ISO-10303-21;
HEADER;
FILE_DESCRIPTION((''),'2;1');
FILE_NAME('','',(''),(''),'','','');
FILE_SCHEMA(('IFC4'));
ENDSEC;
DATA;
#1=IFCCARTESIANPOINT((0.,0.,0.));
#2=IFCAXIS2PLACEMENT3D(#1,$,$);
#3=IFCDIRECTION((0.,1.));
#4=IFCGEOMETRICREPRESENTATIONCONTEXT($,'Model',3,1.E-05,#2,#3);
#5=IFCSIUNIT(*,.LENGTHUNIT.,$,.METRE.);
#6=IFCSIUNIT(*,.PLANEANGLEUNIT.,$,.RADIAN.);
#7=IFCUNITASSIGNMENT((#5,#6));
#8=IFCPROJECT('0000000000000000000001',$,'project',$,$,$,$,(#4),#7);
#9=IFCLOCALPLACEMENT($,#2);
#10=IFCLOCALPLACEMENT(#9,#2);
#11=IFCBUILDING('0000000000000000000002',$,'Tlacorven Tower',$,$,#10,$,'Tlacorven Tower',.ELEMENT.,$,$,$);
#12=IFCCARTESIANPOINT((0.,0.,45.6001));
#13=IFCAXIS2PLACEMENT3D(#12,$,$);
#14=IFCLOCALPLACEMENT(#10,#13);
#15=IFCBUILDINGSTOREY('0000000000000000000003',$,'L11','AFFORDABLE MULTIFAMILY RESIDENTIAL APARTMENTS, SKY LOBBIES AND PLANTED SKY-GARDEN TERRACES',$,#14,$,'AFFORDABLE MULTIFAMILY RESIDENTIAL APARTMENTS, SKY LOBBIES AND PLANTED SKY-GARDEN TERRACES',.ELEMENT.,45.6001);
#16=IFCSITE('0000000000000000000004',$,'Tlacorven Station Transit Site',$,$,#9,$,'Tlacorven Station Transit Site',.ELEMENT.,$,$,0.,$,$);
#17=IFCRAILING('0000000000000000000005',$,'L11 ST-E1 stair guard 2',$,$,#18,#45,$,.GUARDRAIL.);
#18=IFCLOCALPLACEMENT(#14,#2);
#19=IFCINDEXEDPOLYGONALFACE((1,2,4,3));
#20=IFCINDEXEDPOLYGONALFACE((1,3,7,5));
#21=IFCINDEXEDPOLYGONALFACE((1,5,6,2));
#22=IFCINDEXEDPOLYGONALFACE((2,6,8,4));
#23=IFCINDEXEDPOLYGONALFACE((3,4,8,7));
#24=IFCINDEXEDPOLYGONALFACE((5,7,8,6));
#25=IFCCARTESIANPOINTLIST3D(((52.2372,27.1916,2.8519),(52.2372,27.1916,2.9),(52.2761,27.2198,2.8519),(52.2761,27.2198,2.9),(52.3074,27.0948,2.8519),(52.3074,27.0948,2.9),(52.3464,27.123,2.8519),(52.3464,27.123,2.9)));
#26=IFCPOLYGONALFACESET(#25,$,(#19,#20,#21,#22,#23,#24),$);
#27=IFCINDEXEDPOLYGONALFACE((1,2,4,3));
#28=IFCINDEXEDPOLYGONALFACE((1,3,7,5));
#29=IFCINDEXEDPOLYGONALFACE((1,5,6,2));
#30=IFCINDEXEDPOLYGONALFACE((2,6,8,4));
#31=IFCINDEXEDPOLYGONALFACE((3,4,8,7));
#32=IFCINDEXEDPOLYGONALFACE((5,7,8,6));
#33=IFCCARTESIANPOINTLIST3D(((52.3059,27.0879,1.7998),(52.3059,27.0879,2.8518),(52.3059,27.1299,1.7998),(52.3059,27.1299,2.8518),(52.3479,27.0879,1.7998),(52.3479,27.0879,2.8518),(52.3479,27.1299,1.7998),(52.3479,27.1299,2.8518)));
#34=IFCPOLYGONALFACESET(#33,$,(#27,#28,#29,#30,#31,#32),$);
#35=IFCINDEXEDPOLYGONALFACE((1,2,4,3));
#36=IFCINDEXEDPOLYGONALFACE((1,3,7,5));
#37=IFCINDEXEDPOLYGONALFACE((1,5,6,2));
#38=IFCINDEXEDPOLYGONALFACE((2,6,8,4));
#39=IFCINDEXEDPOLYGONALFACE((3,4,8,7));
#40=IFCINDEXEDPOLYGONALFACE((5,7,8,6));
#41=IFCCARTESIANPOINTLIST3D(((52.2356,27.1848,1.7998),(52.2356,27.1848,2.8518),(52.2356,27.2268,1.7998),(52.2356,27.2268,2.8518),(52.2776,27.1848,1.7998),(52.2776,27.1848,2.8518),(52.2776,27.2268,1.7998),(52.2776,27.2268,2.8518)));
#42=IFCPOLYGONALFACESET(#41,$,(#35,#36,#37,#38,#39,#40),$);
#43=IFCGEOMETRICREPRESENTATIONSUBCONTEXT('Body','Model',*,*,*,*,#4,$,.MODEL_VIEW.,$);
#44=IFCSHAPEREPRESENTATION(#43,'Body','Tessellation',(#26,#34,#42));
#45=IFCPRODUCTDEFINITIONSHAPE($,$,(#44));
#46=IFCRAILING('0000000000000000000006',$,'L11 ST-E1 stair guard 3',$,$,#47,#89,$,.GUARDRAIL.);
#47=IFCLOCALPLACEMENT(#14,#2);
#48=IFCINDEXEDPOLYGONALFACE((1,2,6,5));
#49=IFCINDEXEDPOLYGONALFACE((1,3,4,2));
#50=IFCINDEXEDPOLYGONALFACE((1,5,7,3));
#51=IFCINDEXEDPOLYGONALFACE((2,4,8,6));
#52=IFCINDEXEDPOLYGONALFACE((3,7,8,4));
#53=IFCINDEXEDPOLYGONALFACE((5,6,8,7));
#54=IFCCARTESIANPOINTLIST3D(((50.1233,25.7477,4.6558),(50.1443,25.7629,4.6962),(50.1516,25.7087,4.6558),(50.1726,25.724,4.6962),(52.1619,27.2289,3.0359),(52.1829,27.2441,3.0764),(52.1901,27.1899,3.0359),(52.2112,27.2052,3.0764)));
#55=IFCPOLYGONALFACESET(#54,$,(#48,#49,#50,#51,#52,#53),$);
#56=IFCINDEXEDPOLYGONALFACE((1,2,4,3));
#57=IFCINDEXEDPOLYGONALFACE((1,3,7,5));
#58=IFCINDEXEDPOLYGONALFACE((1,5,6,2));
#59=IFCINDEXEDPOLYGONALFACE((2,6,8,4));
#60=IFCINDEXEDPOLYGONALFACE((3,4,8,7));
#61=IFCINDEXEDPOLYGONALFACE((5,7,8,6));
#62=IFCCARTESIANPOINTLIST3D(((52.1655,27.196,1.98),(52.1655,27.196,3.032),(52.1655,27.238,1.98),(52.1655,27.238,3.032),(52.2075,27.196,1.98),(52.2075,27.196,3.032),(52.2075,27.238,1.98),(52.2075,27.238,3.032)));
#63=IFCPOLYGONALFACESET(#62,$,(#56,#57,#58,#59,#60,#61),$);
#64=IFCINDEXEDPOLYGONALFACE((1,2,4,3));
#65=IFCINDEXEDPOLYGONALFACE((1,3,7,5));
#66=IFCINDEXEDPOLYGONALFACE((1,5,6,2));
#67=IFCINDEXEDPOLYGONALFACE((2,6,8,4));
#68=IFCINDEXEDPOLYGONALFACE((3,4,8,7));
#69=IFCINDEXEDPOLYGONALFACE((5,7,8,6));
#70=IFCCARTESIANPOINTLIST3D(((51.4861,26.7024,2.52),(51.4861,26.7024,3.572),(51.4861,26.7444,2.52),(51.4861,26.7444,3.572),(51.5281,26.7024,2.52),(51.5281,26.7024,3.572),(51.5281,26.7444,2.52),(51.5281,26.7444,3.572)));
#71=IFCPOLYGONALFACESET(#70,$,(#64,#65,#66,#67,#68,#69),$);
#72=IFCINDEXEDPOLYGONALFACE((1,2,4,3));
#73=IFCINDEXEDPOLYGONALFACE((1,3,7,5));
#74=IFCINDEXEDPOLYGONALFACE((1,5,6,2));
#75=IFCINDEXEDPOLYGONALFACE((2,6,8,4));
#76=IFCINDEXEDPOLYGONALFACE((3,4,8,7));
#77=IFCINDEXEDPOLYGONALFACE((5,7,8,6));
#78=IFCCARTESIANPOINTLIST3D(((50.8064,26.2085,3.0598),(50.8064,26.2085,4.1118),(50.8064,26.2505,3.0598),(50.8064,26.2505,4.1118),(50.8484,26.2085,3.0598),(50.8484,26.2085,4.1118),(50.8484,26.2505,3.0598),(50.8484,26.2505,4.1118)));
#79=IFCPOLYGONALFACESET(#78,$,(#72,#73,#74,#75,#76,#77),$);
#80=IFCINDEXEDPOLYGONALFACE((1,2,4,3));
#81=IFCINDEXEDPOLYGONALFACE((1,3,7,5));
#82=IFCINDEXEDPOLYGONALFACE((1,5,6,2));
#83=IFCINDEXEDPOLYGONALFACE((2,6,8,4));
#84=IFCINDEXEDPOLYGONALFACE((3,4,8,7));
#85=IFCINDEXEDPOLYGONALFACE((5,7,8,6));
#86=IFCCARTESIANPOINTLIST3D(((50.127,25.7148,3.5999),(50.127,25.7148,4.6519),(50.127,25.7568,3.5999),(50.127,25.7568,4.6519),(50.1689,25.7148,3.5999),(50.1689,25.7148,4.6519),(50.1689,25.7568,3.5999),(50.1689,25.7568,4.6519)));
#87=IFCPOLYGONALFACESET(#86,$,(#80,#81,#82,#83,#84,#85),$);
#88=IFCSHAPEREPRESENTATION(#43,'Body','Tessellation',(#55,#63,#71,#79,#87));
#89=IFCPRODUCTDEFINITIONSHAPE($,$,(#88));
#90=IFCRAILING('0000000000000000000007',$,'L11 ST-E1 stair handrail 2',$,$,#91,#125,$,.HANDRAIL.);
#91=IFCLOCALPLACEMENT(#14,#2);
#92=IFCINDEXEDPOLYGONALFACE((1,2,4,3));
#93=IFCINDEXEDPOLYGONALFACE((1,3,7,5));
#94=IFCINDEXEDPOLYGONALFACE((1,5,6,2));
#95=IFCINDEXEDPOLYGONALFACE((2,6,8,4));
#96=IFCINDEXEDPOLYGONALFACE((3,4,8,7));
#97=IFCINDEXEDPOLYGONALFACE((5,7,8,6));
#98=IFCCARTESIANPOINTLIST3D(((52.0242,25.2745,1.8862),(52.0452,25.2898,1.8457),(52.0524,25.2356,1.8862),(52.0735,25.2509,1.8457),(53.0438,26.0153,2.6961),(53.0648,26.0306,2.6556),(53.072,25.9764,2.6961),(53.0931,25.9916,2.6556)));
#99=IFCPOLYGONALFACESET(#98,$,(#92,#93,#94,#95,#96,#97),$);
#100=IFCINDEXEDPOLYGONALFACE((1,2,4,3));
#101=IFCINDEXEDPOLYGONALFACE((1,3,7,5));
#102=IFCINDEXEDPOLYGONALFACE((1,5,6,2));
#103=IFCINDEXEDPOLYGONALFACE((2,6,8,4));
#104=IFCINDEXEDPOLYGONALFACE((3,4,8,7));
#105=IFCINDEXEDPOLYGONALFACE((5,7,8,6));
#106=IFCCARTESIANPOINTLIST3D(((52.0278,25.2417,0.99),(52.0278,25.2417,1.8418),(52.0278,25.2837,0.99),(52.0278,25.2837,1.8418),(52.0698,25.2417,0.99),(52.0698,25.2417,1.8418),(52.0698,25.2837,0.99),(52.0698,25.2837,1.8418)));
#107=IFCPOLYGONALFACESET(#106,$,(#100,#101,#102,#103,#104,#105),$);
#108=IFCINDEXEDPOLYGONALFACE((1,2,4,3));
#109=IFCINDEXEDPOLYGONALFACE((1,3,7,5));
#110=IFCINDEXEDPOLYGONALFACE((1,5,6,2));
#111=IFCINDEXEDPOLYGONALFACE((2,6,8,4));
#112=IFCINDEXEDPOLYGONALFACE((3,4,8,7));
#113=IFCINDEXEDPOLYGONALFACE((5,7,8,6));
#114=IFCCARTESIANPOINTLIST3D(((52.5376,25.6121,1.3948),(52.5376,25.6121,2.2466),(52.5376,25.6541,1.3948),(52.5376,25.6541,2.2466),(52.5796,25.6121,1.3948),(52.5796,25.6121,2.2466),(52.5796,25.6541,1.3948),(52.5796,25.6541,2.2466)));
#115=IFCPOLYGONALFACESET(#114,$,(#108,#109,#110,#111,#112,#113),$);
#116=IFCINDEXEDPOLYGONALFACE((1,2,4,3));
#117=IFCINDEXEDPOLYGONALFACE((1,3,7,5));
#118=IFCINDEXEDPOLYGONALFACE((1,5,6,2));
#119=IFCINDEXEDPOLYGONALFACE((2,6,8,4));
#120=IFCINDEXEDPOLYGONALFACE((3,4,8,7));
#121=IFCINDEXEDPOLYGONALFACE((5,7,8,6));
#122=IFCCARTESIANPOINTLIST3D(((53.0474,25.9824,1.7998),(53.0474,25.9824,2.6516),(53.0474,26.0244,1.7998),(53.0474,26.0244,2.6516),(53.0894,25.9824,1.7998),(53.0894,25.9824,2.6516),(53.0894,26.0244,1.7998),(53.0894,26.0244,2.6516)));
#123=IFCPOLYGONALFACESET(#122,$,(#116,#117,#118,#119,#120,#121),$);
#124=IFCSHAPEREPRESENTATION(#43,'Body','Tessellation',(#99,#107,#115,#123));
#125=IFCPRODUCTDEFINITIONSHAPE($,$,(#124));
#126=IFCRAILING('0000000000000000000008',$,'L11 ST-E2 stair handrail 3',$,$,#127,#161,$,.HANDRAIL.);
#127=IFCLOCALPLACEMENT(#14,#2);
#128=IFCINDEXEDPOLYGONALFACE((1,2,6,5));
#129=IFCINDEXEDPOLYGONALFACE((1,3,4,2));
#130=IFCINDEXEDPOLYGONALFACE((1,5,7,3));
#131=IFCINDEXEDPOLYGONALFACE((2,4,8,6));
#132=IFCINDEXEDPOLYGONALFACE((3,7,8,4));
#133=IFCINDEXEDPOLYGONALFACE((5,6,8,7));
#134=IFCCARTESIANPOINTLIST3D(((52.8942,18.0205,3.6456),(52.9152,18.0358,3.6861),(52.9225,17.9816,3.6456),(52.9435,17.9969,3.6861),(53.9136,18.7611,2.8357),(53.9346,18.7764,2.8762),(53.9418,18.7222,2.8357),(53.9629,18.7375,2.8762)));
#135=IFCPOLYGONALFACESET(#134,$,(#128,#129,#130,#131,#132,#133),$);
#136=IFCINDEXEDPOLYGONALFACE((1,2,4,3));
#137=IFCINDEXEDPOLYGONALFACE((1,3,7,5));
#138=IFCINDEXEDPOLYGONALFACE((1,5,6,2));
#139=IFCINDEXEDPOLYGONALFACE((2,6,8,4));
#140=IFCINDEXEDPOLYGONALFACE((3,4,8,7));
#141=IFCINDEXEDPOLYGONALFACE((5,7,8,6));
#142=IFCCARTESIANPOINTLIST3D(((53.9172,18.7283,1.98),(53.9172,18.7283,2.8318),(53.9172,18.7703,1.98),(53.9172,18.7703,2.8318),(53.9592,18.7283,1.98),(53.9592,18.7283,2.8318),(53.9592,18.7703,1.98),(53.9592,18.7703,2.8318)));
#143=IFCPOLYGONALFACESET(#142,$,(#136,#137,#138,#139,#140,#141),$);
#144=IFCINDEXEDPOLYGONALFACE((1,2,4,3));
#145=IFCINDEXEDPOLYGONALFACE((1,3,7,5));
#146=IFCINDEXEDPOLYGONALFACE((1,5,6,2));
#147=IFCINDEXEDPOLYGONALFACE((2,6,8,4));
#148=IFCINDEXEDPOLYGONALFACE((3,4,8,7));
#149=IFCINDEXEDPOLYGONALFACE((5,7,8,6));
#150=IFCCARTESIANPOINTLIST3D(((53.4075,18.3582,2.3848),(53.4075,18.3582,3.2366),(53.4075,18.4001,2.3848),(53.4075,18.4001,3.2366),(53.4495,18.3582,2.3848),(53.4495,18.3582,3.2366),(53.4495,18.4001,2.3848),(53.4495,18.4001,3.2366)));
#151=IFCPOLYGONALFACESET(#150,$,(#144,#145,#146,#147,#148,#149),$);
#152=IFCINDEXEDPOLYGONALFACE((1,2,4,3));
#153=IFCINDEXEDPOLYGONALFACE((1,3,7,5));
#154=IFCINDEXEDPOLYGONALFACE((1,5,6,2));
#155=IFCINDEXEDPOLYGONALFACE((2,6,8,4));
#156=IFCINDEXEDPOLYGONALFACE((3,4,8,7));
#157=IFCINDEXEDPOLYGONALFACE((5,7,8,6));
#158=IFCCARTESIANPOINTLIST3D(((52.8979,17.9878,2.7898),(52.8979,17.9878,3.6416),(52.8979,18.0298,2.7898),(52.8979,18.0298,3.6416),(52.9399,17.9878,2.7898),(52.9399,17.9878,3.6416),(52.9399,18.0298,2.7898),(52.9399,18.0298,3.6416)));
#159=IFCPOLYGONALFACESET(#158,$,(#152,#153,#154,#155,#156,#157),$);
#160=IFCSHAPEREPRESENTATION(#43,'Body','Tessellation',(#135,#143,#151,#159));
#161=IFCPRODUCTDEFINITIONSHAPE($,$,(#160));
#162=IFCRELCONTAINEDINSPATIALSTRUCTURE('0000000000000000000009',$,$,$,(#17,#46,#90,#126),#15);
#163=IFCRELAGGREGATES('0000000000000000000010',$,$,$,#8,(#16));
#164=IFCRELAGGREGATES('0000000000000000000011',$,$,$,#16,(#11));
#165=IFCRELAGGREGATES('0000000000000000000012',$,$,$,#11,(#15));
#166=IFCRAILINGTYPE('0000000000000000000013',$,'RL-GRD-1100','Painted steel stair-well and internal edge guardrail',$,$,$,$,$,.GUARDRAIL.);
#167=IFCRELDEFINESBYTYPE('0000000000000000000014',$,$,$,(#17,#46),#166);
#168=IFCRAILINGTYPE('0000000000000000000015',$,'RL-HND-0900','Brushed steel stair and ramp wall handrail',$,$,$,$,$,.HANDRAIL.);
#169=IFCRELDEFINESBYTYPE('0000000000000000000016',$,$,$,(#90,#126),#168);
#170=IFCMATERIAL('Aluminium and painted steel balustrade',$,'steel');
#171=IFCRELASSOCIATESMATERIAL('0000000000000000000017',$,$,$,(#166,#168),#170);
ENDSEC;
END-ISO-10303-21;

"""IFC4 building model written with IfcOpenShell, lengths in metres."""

from ifc_helpers import new_model, si_unit, direction, frame, origin, origin_2d, place, context, subcontext, project, spatial, rectangle, extrude, source, transform, mapped, material, type_object, element, save


model = new_model("IFC4")

# Units and contexts
model_context = context("Model", 3, precision=1e-05, world=origin(), true_north=direction((0.0, 1.0)))
body_context = subcontext(model_context, "Body", "Model", "MODEL_VIEW")
ifc_project = project(units=[si_unit("LENGTHUNIT", "METRE"), si_unit("PLANEANGLEUNIT", "RADIAN")], contexts=[model_context])

# Site, building, storey
site_placement = place(None, origin())
site = spatial("IfcSite", under=ifc_project, at=site_placement, Name="Tlacorven Station Transit Site", LongName="Tlacorven Station Transit Site", CompositionType="ELEMENT", RefElevation=0.0)
building_placement = place(site_placement, origin())
building = spatial("IfcBuilding", under=site, at=building_placement, Name="Tlacorven Tower", LongName="Tlacorven Tower", CompositionType="ELEMENT")
storey_placement = place(building_placement, frame((0.0, 0.0, 45.6001)))
storey = spatial("IfcBuildingStorey", under=building, at=storey_placement, Name="L11", Description="AFFORDABLE MULTIFAMILY RESIDENTIAL APARTMENTS, SKY LOBBIES AND PLANTED SKY-GARDEN TERRACES", LongName="AFFORDABLE MULTIFAMILY RESIDENTIAL APARTMENTS, SKY LOBBIES AND PLANTED SKY-GARDEN TERRACES", CompositionType="ELEMENT", Elevation=45.6001)

# Railings
ifc_material_1 = material(Name="Aluminium and painted steel balustrade", Category="steel")
railing_type_1 = type_object("IfcRailingType", Name="RL-GRD-1100", Description="Painted steel stair-well and internal edge guardrail", PredefinedType="GUARDRAIL", material=ifc_material_1)
shared_shape_1 = source(origin(), body_context, "Body", "SweptSolid", [
    extrude(rectangle(XDim=0.0481, YDim=0.0481, at=origin_2d()), frame((0.0, 0.0, 1.0762), z_axis=(-0.587201, 0.809441, 0.0), x_axis=(-0.809441, -0.587201, 0.0)), (0.0, 0.0, 1.0), 0.1196),
    extrude(rectangle(XDim=0.042, YDim=0.042, at=origin_2d()), origin(), (0.0, 0.0, 1.0), 1.052),
    extrude(rectangle(XDim=0.042, YDim=0.042, at=origin_2d()), frame((-0.0703, 0.0969, 0.0)), (0.0, 0.0, 1.0), 1.052),
])
railing_1_placement = place(storey_placement, frame((52.3269, 27.1089, 1.7998)))
element("IfcRailing", 1, at=railing_1_placement, inside=storey, type_object=railing_type_1, Name="L11 ST-E1 stair guard 2", PredefinedType="GUARDRAIL", context=body_context, shape_type="MappedRepresentation", body=[
    mapped(shared_shape_1, transform((0.0, 0.0, 0.0), scale=1.0)),
])
shared_shape_2 = source(origin(), body_context, "Body", "SweptSolid", [
    extrude(rectangle(XDim=0.0481, YDim=0.0481, at=origin_2d()), frame((0.0, 0.0, 1.0762), z_axis=(-0.680519, -0.494456, 0.540747), x_axis=(0.587809, -0.809, 0.0)), (0.0, 0.0, 1.0), 2.9956),
    extrude(rectangle(XDim=0.042, YDim=0.042, at=origin_2d()), origin(), (0.0, 0.0, 1.0), 1.052),
    extrude(rectangle(XDim=0.042, YDim=0.042, at=origin_2d()), frame((-0.6794, -0.4937, 0.54)), (0.0, 0.0, 1.0), 1.052),
    extrude(rectangle(XDim=0.042, YDim=0.042, at=origin_2d()), frame((-1.3591, -0.9875, 1.0798)), (0.0, 0.0, 1.0), 1.052),
    extrude(rectangle(XDim=0.042, YDim=0.042, at=origin_2d()), frame((-2.0386, -1.4812, 1.6199)), (0.0, 0.0, 1.0), 1.052),
])
railing_2_placement = place(storey_placement, frame((52.1865, 27.217, 1.98)))
element("IfcRailing", 2, at=railing_2_placement, inside=storey, type_object=railing_type_1, Name="L11 ST-E1 stair guard 3", PredefinedType="GUARDRAIL", context=body_context, shape_type="MappedRepresentation", body=[
    mapped(shared_shape_2, transform((0.0, 0.0, 0.0), scale=1.0)),
])
railing_type_2 = type_object("IfcRailingType", Name="RL-HND-0900", Description="Brushed steel stair and ramp wall handrail", PredefinedType="HANDRAIL", material=ifc_material_1)
shared_shape_3 = source(origin(), body_context, "Body", "SweptSolid", [
    extrude(rectangle(XDim=0.0481, YDim=0.0481, at=origin_2d()), frame((0.0, 0.0, 0.876), z_axis=(0.680609, 0.494484, 0.540608), x_axis=(-0.58778, 0.809021, 0.0)), (0.0, 0.0, 1.0), 1.498),
    extrude(rectangle(XDim=0.042, YDim=0.042, at=origin_2d()), origin(), (0.0, 0.0, 1.0), 0.8518),
    extrude(rectangle(XDim=0.042, YDim=0.042, at=origin_2d()), frame((0.5098, 0.3704, 0.4048)), (0.0, 0.0, 1.0), 0.8518),
    extrude(rectangle(XDim=0.042, YDim=0.042, at=origin_2d()), frame((1.0195, 0.7407, 0.8098)), (0.0, 0.0, 1.0), 0.8518),
])
railing_3_placement = place(storey_placement, frame((52.0488, 25.2627, 0.99)))
element("IfcRailing", 3, at=railing_3_placement, inside=storey, type_object=railing_type_2, Name="L11 ST-E1 stair handrail 2", PredefinedType="HANDRAIL", context=body_context, shape_type="MappedRepresentation", body=[
    mapped(shared_shape_3, transform((0.0, 0.0, 0.0), scale=1.0)),
])
shared_shape_4 = source(origin(), body_context, "Body", "SweptSolid", [
    extrude(rectangle(XDim=0.0481, YDim=0.0481, at=origin_2d()), frame((0.0, 0.0, 0.876), z_axis=(-0.680576, -0.494416, 0.540712), x_axis=(0.587745, -0.809046, 0.0)), (0.0, 0.0, 1.0), 1.4978),
    extrude(rectangle(XDim=0.042, YDim=0.042, at=origin_2d()), origin(), (0.0, 0.0, 1.0), 0.8518),
    extrude(rectangle(XDim=0.042, YDim=0.042, at=origin_2d()), frame((-0.5098, -0.3701, 0.4048)), (0.0, 0.0, 1.0), 0.8518),
    extrude(rectangle(XDim=0.042, YDim=0.042, at=origin_2d()), frame((-1.0193, -0.7405, 0.8098)), (0.0, 0.0, 1.0), 0.8518),
])
railing_4_placement = place(storey_placement, frame((53.9382, 18.7493, 1.98)))
element("IfcRailing", 4, at=railing_4_placement, inside=storey, type_object=railing_type_2, Name="L11 ST-E2 stair handrail 3", PredefinedType="HANDRAIL", context=body_context, shape_type="MappedRepresentation", body=[
    mapped(shared_shape_4, transform((0.0, 0.0, 0.0), scale=1.0)),
])

save(model, "model.ifc")
